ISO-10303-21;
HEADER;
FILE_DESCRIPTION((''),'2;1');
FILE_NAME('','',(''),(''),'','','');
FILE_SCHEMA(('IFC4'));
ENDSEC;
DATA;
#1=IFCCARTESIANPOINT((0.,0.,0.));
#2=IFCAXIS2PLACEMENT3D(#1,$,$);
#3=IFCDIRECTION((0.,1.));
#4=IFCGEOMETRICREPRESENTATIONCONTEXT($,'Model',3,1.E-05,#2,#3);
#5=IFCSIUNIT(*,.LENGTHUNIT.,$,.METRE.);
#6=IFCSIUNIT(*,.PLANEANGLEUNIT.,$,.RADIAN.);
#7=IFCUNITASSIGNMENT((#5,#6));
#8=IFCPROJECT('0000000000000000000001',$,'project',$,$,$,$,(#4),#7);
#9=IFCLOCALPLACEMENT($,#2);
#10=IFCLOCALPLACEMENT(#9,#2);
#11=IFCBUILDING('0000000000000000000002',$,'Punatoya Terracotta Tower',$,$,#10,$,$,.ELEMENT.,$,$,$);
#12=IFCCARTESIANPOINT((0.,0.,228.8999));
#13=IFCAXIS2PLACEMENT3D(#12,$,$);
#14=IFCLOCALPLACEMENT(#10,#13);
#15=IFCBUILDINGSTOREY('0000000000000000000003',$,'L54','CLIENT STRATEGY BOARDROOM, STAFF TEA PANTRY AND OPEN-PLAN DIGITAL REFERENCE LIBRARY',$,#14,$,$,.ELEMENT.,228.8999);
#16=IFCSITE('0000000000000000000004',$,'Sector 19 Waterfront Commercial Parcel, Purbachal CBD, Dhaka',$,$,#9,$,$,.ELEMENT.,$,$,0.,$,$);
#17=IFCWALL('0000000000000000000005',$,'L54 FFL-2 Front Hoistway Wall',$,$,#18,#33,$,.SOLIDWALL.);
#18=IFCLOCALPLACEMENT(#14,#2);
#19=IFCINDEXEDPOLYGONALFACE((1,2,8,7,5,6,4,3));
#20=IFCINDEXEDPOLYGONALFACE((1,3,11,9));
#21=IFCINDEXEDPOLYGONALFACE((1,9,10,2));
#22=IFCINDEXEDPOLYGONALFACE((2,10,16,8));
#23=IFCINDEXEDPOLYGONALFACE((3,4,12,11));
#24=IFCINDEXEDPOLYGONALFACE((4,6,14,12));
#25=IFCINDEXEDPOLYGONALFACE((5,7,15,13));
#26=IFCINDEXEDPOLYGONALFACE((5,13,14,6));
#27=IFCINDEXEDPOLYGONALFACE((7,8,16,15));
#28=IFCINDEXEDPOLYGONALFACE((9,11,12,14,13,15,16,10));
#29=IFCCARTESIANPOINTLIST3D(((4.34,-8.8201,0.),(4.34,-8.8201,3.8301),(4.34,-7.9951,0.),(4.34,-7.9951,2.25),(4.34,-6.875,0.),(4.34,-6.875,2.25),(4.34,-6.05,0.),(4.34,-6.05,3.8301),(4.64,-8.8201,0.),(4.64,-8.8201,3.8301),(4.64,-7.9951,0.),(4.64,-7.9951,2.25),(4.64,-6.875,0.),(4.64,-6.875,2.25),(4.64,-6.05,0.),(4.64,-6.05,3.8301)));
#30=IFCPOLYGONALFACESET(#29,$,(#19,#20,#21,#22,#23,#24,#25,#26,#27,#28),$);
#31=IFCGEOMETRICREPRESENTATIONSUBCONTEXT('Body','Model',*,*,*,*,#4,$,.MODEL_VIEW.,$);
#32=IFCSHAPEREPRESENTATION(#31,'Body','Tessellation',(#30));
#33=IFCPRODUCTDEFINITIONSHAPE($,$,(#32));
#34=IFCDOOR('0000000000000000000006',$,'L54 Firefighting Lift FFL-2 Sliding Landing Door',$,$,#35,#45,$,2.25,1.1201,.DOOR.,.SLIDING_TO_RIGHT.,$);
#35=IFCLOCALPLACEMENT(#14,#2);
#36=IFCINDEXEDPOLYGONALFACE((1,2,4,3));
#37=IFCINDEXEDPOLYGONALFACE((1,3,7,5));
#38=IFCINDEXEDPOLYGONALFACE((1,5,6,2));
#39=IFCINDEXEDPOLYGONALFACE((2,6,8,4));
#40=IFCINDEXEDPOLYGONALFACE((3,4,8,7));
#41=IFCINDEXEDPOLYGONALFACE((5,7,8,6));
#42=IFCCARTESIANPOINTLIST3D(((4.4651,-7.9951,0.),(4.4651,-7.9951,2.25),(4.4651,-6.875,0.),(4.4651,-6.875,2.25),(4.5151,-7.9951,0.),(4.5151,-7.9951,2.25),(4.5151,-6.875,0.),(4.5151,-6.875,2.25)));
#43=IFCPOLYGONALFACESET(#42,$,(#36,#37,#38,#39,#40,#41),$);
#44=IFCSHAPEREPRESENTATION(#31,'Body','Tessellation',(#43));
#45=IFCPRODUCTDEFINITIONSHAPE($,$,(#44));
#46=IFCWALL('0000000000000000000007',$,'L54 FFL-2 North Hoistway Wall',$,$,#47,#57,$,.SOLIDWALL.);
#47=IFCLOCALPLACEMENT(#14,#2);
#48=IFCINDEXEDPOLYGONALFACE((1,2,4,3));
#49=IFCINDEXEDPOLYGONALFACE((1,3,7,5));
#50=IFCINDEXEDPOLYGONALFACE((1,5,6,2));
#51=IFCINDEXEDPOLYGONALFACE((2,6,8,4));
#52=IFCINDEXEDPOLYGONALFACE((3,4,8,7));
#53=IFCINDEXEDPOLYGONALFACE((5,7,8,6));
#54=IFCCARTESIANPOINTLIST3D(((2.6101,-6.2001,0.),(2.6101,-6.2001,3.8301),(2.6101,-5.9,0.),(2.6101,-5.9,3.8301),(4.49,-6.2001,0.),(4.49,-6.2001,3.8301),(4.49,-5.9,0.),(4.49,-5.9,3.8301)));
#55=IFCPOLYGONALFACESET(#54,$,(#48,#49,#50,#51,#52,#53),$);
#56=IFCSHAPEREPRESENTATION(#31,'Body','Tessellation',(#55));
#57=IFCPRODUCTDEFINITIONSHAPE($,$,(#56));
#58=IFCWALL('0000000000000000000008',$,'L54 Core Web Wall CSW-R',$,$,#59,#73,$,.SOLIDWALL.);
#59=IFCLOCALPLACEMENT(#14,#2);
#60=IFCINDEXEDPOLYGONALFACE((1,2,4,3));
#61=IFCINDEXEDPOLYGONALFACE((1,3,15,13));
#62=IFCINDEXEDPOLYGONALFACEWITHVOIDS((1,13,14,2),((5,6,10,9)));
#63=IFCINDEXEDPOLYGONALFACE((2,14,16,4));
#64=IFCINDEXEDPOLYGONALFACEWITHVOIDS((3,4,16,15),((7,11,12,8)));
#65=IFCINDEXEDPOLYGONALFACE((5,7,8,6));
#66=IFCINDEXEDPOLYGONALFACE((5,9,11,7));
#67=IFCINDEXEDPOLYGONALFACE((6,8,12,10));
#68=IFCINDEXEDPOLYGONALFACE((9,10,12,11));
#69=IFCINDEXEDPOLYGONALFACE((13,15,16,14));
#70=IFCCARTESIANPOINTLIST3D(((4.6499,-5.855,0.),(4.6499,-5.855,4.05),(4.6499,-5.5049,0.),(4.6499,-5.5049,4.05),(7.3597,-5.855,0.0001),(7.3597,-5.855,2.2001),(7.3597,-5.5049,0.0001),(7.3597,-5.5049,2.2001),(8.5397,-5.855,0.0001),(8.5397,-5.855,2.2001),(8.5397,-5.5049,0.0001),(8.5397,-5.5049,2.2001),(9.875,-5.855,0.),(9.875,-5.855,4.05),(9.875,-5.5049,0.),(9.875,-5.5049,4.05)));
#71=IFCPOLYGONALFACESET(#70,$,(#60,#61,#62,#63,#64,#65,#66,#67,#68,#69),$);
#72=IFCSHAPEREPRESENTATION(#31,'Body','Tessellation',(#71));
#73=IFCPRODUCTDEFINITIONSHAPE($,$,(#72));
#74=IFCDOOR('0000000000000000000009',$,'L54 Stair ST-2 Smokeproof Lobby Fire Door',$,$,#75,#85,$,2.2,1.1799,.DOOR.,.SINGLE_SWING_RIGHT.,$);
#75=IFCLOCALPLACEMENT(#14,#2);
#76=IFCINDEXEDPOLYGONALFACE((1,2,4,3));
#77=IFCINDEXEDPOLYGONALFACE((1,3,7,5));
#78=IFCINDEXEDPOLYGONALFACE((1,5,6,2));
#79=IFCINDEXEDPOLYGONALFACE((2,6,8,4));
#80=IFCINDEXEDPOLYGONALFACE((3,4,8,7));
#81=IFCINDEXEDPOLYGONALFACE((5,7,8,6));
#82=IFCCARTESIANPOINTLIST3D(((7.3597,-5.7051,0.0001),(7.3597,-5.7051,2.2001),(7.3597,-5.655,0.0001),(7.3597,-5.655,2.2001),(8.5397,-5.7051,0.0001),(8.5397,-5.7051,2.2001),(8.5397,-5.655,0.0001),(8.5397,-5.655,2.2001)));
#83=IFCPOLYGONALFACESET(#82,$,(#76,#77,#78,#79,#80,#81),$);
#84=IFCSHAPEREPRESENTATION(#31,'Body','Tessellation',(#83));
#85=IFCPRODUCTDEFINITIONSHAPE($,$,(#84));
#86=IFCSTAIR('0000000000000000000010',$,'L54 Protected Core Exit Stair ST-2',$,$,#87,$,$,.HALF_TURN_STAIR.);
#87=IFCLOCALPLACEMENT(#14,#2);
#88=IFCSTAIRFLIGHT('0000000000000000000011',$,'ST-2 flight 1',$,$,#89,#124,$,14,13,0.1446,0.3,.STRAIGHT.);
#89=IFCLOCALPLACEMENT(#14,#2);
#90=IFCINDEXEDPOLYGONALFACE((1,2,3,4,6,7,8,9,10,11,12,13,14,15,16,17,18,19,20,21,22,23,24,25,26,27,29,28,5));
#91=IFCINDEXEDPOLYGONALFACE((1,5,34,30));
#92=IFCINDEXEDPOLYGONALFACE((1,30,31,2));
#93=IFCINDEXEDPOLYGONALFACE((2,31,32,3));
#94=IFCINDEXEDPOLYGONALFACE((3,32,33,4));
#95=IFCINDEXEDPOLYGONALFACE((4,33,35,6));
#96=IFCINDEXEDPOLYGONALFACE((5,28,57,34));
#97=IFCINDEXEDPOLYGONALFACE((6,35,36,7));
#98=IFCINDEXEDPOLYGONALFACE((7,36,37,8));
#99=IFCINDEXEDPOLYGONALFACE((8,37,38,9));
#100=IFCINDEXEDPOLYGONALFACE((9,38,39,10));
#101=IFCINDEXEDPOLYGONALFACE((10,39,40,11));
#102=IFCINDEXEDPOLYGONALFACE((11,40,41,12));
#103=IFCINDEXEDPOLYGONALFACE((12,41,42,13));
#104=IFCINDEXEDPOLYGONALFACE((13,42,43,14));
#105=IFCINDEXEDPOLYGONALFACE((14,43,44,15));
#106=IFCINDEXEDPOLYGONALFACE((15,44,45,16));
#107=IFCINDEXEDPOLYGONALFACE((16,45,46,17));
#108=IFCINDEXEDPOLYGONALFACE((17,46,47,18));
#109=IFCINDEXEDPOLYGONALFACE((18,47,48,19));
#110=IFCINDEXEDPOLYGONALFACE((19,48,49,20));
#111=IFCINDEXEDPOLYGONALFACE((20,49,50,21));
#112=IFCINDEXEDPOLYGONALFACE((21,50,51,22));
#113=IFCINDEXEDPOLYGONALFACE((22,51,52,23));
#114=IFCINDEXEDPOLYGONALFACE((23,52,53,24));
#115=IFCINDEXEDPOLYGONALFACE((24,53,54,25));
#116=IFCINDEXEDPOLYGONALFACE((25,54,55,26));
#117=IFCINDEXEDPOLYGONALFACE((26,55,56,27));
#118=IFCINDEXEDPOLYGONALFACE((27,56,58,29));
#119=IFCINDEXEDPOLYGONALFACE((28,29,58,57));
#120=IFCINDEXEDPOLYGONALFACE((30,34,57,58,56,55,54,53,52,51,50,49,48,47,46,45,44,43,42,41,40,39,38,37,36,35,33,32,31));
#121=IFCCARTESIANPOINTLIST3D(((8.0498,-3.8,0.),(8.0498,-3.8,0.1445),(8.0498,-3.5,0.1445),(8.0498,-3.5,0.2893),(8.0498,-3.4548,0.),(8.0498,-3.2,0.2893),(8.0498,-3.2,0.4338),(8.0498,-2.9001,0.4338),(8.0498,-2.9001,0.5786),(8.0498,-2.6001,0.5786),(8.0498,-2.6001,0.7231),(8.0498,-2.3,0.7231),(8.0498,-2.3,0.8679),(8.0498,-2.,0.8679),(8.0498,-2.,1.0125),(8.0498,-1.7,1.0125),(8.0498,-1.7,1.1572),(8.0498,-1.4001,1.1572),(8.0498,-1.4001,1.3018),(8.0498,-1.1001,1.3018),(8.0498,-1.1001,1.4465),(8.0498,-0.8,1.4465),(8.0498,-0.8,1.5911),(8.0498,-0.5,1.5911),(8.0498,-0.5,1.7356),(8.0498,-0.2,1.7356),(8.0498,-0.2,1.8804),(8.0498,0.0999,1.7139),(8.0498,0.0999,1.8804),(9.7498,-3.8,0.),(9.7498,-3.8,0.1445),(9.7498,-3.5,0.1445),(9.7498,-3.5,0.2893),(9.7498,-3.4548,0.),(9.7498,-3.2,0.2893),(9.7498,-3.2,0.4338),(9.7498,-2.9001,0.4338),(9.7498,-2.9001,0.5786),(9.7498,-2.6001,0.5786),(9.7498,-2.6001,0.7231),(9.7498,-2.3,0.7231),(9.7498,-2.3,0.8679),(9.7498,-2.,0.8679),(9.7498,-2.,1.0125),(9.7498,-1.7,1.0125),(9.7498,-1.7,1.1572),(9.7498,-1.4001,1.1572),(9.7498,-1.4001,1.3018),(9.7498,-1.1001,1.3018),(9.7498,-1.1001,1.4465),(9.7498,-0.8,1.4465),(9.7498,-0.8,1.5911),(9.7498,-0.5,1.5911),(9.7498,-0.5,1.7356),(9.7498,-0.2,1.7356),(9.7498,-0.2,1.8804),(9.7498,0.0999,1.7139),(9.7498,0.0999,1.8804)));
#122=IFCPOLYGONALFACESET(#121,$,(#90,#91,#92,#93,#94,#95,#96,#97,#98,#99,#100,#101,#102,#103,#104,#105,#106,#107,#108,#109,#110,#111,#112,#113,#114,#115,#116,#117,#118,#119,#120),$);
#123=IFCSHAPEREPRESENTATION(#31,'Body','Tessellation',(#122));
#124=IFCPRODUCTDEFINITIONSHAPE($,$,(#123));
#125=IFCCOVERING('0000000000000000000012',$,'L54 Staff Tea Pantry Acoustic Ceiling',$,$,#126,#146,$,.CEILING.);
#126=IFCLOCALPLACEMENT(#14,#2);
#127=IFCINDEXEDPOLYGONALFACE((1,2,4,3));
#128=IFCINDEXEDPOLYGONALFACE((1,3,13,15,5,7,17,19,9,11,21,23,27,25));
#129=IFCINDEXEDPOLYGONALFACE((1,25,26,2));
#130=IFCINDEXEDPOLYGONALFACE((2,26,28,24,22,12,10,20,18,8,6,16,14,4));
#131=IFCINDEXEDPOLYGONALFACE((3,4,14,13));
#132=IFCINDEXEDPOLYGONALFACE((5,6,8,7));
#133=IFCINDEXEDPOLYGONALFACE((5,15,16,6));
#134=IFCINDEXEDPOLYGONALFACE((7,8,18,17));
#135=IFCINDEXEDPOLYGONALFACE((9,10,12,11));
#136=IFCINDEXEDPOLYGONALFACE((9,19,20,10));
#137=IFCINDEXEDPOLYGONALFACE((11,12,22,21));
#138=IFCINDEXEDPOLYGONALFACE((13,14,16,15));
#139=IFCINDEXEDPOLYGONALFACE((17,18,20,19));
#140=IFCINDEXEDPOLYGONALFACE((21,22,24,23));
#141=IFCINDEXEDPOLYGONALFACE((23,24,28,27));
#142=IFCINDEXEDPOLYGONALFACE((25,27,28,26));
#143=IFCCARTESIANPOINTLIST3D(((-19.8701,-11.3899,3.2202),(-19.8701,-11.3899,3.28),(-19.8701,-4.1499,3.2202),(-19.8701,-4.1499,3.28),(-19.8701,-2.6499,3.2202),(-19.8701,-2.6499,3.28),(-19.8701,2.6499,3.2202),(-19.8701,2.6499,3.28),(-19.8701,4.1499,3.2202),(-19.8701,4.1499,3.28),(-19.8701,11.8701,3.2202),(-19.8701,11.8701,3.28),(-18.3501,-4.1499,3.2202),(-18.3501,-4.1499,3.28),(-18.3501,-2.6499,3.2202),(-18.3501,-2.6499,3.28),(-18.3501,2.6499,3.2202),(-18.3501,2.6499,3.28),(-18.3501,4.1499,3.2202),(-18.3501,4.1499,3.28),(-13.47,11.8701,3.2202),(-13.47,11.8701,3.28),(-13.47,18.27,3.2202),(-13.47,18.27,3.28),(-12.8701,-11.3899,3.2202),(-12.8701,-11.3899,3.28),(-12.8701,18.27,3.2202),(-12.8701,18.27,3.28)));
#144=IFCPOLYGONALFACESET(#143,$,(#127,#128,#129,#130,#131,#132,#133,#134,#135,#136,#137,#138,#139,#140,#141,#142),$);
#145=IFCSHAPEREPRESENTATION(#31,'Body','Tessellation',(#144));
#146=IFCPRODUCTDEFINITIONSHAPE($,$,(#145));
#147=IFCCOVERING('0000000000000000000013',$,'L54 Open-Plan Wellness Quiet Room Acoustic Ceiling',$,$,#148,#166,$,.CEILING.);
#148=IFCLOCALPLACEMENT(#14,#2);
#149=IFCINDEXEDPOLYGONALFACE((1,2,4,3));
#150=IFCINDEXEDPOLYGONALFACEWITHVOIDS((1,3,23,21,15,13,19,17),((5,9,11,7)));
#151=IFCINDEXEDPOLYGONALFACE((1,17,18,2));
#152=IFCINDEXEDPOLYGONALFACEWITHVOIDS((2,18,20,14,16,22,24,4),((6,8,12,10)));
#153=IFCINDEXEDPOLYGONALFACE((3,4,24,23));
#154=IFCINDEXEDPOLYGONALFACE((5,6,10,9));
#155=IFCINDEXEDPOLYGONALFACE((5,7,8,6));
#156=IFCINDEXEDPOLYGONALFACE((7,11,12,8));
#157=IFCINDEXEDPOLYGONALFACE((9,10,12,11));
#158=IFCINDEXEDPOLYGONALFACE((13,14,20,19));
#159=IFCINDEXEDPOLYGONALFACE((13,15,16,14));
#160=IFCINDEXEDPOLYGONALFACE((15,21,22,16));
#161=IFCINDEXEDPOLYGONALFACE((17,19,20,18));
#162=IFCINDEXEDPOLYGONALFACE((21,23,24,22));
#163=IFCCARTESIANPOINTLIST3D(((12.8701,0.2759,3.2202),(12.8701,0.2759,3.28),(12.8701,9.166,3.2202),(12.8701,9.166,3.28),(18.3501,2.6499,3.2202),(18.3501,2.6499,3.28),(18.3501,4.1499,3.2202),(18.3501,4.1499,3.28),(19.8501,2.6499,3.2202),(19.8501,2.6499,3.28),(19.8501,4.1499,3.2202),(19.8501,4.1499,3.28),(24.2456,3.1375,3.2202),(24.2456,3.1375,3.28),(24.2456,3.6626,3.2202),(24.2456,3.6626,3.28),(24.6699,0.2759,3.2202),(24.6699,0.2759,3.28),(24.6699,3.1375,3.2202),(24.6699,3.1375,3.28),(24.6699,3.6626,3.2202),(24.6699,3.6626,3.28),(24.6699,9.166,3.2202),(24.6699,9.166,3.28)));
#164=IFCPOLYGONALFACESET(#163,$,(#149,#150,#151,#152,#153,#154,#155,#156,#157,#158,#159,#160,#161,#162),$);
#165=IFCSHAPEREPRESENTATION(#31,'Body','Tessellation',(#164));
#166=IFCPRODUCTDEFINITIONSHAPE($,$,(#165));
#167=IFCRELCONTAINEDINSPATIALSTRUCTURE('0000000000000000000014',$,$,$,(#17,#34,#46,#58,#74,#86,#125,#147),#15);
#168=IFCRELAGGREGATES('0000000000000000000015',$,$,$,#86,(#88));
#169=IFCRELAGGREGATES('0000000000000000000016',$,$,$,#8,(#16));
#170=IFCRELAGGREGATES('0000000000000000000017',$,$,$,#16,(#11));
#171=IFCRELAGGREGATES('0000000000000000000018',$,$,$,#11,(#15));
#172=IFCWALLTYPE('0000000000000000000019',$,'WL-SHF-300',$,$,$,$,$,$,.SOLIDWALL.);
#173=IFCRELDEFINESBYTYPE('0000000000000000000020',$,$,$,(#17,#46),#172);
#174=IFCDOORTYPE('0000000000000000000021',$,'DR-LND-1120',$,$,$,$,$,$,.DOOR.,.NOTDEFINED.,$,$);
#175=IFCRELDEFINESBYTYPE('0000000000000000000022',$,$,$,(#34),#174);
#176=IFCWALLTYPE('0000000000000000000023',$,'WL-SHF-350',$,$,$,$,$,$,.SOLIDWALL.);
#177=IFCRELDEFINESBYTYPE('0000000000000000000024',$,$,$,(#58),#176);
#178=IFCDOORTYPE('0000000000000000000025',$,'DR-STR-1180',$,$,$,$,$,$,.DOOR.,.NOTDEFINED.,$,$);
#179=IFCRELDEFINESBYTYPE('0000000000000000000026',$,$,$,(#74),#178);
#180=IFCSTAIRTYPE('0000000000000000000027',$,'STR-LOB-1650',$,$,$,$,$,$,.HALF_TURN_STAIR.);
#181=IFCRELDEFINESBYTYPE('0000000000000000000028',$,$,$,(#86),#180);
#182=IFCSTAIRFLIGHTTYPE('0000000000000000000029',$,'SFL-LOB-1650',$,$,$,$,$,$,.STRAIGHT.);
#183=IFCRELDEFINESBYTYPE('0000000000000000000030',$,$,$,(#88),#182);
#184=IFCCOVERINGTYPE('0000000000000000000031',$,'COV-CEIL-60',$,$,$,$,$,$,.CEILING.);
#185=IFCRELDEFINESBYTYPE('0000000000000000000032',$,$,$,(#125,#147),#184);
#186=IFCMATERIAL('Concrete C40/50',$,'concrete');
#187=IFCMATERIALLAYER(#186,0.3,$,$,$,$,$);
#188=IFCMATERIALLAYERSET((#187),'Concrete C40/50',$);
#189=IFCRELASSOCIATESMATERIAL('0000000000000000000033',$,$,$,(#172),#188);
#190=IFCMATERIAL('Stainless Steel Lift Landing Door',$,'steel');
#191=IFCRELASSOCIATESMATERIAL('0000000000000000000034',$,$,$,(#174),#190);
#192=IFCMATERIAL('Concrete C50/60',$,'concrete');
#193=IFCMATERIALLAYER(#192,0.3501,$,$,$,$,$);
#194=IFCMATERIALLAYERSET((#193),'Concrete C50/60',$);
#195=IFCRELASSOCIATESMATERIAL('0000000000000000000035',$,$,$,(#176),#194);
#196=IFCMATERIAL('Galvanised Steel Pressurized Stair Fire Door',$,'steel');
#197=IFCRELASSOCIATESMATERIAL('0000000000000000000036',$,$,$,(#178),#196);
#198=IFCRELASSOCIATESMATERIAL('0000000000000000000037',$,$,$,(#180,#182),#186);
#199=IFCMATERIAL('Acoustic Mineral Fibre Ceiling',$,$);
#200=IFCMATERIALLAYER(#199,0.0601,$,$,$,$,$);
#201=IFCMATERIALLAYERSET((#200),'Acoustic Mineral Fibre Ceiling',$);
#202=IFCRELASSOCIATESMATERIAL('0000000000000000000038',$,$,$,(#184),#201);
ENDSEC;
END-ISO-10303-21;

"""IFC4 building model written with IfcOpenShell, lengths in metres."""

from ifc_helpers import new_model, si_unit, direction, frame, frame_2d, origin, place, context, subcontext, project, spatial, polyline, rectangle, outline, extrude, material, layer, layer_set, type_object, element, fill, aggregate, save


model = new_model("IFC4")

# Units and contexts
model_context = context("Model", 3, precision=1e-05, world=origin(), true_north=direction((0.0, 1.0)))
body_context = subcontext(model_context, "Body", "Model", "MODEL_VIEW")
ifc_project = project(units=[si_unit("LENGTHUNIT", "METRE"), si_unit("PLANEANGLEUNIT", "RADIAN")], contexts=[model_context])

# Site, building, storey
site_placement = place(None, origin())
site = spatial("IfcSite", under=ifc_project, at=site_placement, Name="Sector 19 Waterfront Commercial Parcel, Purbachal CBD, Dhaka", CompositionType="ELEMENT", RefElevation=0.0)
building_placement = place(site_placement, origin())
building = spatial("IfcBuilding", under=site, at=building_placement, Name="Punatoya Terracotta Tower", CompositionType="ELEMENT")
storey_placement = place(building_placement, frame((0.0, 0.0, 228.8999)))
storey = spatial("IfcBuildingStorey", under=building, at=storey_placement, Name="L54", Description="CLIENT STRATEGY BOARDROOM, STAFF TEA PANTRY AND OPEN-PLAN DIGITAL REFERENCE LIBRARY", CompositionType="ELEMENT", Elevation=228.8999)

# Shared definitions
ifc_material_1 = material(Name="Concrete C40/50", Category="concrete")

# Wall, opening, door
ifc_layer_1 = layer(ifc_material_1, 0.3)
ifc_layer_set_1 = layer_set([ifc_layer_1], Name="Concrete C40/50")
wall_type_1 = type_object("IfcWallType", Name="WL-SHF-300", PredefinedType="SOLIDWALL", material=ifc_layer_set_1)
wall_1_placement = place(storey_placement, frame((4.49, -8.8201, 0.0), z_axis=(0.0, 0.0, 1.0), x_axis=(0.0, 1.0, 0.0)))
wall_1 = element("IfcWall", 1, at=wall_1_placement, inside=storey, type_object=wall_type_1, Name="L54 FFL-2 Front Hoistway Wall", PredefinedType="SOLIDWALL", context=body_context, shape_type="SweptSolid", body=[
    extrude(rectangle(XDim=2.77, YDim=0.3, at=frame_2d((1.385, 0.0))), origin(), (0.0, 0.0, 1.0), 3.8301),
])
opening_1_placement = place(wall_1_placement, frame((0.825, 0.0, 0.0)))
opening_1 = element("IfcOpeningElement", 2, at=opening_1_placement, cuts=wall_1, PredefinedType="OPENING", context=body_context, shape_type="SweptSolid", body=[
    extrude(rectangle(XDim=1.1201, YDim=2.25, at=frame_2d((0.5601, 1.125))), frame((0.0, 0.1599, 0.0), z_axis=(0.0, -1.0, 0.0), x_axis=(1.0, 0.0, 0.0)), (0.0, 0.0, 1.0), 0.3201),
])
ifc_material_2 = material(Name="Stainless Steel Lift Landing Door", Category="steel")
door_type_1 = type_object("IfcDoorType", Name="DR-LND-1120", OperationType="NOTDEFINED", PredefinedType="DOOR", material=ifc_material_2)
door_1_placement = place(opening_1_placement, origin())
door_1 = element("IfcDoor", 3, at=door_1_placement, inside=storey, type_object=door_type_1, Name="L54 Firefighting Lift FFL-2 Sliding Landing Door", OperationType="SLIDING_TO_RIGHT", OverallHeight=2.25, OverallWidth=1.1201, PredefinedType="DOOR", context=body_context, shape_type="SweptSolid", body=[
    extrude(rectangle(XDim=1.1201, YDim=2.25, at=frame_2d((0.5601, 1.125))), frame((0.0, 0.0249, 0.0), z_axis=(0.0, -1.0, 0.0), x_axis=(1.0, 0.0, 0.0)), (0.0, 0.0, 1.0), 0.05),
])
fill(opening_1, door_1)

# Wall
wall_2_placement = place(storey_placement, frame((2.6101, -6.05, 0.0), z_axis=(0.0, 0.0, 1.0), x_axis=(1.0, 0.0, 0.0)))
element("IfcWall", 4, at=wall_2_placement, inside=storey, type_object=wall_type_1, Name="L54 FFL-2 North Hoistway Wall", PredefinedType="SOLIDWALL", context=body_context, shape_type="SweptSolid", body=[
    extrude(rectangle(XDim=1.8799, YDim=0.3, at=frame_2d((0.9399, 0.0))), origin(), (0.0, 0.0, 1.0), 3.8301),
])

# Wall, opening, door
ifc_material_3 = material(Name="Concrete C50/60", Category="concrete")
ifc_layer_2 = layer(ifc_material_3, 0.3501)
ifc_layer_set_2 = layer_set([ifc_layer_2], Name="Concrete C50/60")
wall_type_2 = type_object("IfcWallType", Name="WL-SHF-350", PredefinedType="SOLIDWALL", material=ifc_layer_set_2)
wall_3_placement = place(storey_placement, frame((4.6499, -5.6799, 0.0), z_axis=(0.0, 0.0, 1.0), x_axis=(1.0, 0.0, 0.0)))
wall_3 = element("IfcWall", 5, at=wall_3_placement, inside=storey, type_object=wall_type_2, Name="L54 Core Web Wall CSW-R", PredefinedType="SOLIDWALL", context=body_context, shape_type="SweptSolid", body=[
    extrude(rectangle(XDim=5.2251, YDim=0.3501, at=frame_2d((2.6125, 0.0))), origin(), (0.0, 0.0, 1.0), 4.05),
])
opening_2_placement = place(wall_3_placement, frame((2.71, 0.0, 0.0)))
opening_2 = element("IfcOpeningElement", 6, at=opening_2_placement, cuts=wall_3, PredefinedType="OPENING", context=body_context, shape_type="SweptSolid", body=[
    extrude(rectangle(XDim=1.1799, YDim=2.2, at=frame_2d((0.5898, 1.1001))), frame((0.0, 0.1851, 0.0), z_axis=(0.0, -1.0, 0.0), x_axis=(1.0, 0.0, 0.0)), (0.0, 0.0, 1.0), 0.3701),
])
ifc_material_4 = material(Name="Galvanised Steel Pressurized Stair Fire Door", Category="steel")
door_type_2 = type_object("IfcDoorType", Name="DR-STR-1180", OperationType="NOTDEFINED", PredefinedType="DOOR", material=ifc_material_4)
door_2_placement = place(opening_2_placement, origin())
door_2 = element("IfcDoor", 7, at=door_2_placement, inside=storey, type_object=door_type_2, Name="L54 Stair ST-2 Smokeproof Lobby Fire Door", OperationType="SINGLE_SWING_RIGHT", OverallHeight=2.2, OverallWidth=1.1799, PredefinedType="DOOR", context=body_context, shape_type="SweptSolid", body=[
    extrude(rectangle(XDim=1.1799, YDim=2.2, at=frame_2d((0.5898, 1.1001))), frame((0.0, 0.0249, 0.0), z_axis=(0.0, -1.0, 0.0), x_axis=(1.0, 0.0, 0.0)), (0.0, 0.0, 1.0), 0.05),
])
fill(opening_2, door_2)

# Stair, stair flight
stair_type = type_object("IfcStairType", Name="STR-LOB-1650", PredefinedType="HALF_TURN_STAIR", material=ifc_material_1)
stair_placement = place(storey_placement, origin())
stair = element("IfcStair", 8, at=stair_placement, inside=storey, type_object=stair_type, Name="L54 Protected Core Exit Stair ST-2", PredefinedType="HALF_TURN_STAIR")
stair_flight_type = type_object("IfcStairFlightType", Name="SFL-LOB-1650", PredefinedType="STRAIGHT", material=ifc_material_1)
stair_flight_placement = place(storey_placement, frame((8.8999, -3.8, 0.0), z_axis=(0.0, 0.0, 1.0), x_axis=(0.0, 1.0, 0.0)))
stair_flight = element("IfcStairFlight", 9, at=stair_flight_placement, type_object=stair_flight_type, Name="ST-2 flight 1", NumberOfRisers=14, NumberOfTreads=13, PredefinedType="STRAIGHT", RiserHeight=0.1446, TreadLength=0.3, context=body_context, shape_type="SweptSolid", body=[
    extrude(outline(polyline([(0.0, 0.0), (0.0, 0.1445), (0.3, 0.1445), (0.3, 0.2893), (0.6001, 0.2893), (0.6001, 0.4338), (0.8999, 0.4338), (0.8999, 0.5786), (1.2, 0.5786), (1.2, 0.7231), (1.5, 0.7231), (1.5, 0.8679), (1.8, 0.8679), (1.8, 1.0125), (2.1001, 1.0125), (2.1001, 1.1572), (2.3999, 1.1572), (2.3999, 1.3018), (2.7, 1.3018), (2.7, 1.4465), (3.0, 1.4465), (3.0, 1.5911), (3.3, 1.5911), (3.3, 1.7356), (3.6001, 1.7356), (3.6001, 1.8804), (3.8999, 1.8804), (3.8999, 2.0249), (3.8999, 1.7139), (0.3452, 0.0), (0.0, 0.0)])), frame((0.0, 0.8501, 0.0), z_axis=(0.0, -1.0, 0.0), x_axis=(1.0, 0.0, 0.0)), (0.0, 0.0, 1.0), 1.7),
])
aggregate(stair, [stair_flight])

# Coverings
ifc_material_5 = material(Name="Acoustic Mineral Fibre Ceiling")
ifc_layer_3 = layer(ifc_material_5, 0.0601)
ifc_layer_set_3 = layer_set([ifc_layer_3], Name="Acoustic Mineral Fibre Ceiling")
covering_type = type_object("IfcCoveringType", Name="COV-CEIL-60", PredefinedType="CEILING", material=ifc_layer_set_3)
covering_1_placement = place(storey_placement, frame((0.0, 0.0, 3.2202)))
element("IfcCovering", 10, at=covering_1_placement, inside=storey, type_object=covering_type, Name="L54 Staff Tea Pantry Acoustic Ceiling", PredefinedType="CEILING", context=body_context, shape_type="SweptSolid", body=[
    extrude(outline(polyline([(-19.8701, -4.1499), (-19.8701, -11.3899), (-12.8701, -11.3899), (-12.8701, 18.27), (-13.47, 18.27), (-13.47, 11.8701), (-19.8701, 11.8701), (-19.8701, 4.1499), (-18.3501, 4.1499), (-18.3501, 2.6499), (-19.8701, 2.6499), (-19.8701, -2.6499), (-18.3501, -2.6499), (-18.3501, -4.1499), (-19.8701, -4.1499)])), origin(), (0.0, 0.0, 1.0), 0.0598),
])
covering_2_placement = place(storey_placement, frame((0.0, 0.0, 3.2202)))
element("IfcCovering", 11, at=covering_2_placement, inside=storey, type_object=covering_type, Name="L54 Open-Plan Wellness Quiet Room Acoustic Ceiling", PredefinedType="CEILING", context=body_context, shape_type="SweptSolid", body=[
    extrude(outline(polyline([(12.8701, 9.166), (12.8701, 0.2759), (24.6699, 0.2759), (24.6699, 3.1375), (24.2456, 3.1375), (24.2456, 3.6626), (24.6699, 3.6626), (24.6699, 9.166), (12.8701, 9.166)]), holes=[polyline([(19.8501, 2.6499), (18.3501, 2.6499), (18.3501, 4.1499), (19.8501, 4.1499), (19.8501, 2.6499)])]), origin(), (0.0, 0.0, 1.0), 0.0598),
])

save(model, "model.ifc")
